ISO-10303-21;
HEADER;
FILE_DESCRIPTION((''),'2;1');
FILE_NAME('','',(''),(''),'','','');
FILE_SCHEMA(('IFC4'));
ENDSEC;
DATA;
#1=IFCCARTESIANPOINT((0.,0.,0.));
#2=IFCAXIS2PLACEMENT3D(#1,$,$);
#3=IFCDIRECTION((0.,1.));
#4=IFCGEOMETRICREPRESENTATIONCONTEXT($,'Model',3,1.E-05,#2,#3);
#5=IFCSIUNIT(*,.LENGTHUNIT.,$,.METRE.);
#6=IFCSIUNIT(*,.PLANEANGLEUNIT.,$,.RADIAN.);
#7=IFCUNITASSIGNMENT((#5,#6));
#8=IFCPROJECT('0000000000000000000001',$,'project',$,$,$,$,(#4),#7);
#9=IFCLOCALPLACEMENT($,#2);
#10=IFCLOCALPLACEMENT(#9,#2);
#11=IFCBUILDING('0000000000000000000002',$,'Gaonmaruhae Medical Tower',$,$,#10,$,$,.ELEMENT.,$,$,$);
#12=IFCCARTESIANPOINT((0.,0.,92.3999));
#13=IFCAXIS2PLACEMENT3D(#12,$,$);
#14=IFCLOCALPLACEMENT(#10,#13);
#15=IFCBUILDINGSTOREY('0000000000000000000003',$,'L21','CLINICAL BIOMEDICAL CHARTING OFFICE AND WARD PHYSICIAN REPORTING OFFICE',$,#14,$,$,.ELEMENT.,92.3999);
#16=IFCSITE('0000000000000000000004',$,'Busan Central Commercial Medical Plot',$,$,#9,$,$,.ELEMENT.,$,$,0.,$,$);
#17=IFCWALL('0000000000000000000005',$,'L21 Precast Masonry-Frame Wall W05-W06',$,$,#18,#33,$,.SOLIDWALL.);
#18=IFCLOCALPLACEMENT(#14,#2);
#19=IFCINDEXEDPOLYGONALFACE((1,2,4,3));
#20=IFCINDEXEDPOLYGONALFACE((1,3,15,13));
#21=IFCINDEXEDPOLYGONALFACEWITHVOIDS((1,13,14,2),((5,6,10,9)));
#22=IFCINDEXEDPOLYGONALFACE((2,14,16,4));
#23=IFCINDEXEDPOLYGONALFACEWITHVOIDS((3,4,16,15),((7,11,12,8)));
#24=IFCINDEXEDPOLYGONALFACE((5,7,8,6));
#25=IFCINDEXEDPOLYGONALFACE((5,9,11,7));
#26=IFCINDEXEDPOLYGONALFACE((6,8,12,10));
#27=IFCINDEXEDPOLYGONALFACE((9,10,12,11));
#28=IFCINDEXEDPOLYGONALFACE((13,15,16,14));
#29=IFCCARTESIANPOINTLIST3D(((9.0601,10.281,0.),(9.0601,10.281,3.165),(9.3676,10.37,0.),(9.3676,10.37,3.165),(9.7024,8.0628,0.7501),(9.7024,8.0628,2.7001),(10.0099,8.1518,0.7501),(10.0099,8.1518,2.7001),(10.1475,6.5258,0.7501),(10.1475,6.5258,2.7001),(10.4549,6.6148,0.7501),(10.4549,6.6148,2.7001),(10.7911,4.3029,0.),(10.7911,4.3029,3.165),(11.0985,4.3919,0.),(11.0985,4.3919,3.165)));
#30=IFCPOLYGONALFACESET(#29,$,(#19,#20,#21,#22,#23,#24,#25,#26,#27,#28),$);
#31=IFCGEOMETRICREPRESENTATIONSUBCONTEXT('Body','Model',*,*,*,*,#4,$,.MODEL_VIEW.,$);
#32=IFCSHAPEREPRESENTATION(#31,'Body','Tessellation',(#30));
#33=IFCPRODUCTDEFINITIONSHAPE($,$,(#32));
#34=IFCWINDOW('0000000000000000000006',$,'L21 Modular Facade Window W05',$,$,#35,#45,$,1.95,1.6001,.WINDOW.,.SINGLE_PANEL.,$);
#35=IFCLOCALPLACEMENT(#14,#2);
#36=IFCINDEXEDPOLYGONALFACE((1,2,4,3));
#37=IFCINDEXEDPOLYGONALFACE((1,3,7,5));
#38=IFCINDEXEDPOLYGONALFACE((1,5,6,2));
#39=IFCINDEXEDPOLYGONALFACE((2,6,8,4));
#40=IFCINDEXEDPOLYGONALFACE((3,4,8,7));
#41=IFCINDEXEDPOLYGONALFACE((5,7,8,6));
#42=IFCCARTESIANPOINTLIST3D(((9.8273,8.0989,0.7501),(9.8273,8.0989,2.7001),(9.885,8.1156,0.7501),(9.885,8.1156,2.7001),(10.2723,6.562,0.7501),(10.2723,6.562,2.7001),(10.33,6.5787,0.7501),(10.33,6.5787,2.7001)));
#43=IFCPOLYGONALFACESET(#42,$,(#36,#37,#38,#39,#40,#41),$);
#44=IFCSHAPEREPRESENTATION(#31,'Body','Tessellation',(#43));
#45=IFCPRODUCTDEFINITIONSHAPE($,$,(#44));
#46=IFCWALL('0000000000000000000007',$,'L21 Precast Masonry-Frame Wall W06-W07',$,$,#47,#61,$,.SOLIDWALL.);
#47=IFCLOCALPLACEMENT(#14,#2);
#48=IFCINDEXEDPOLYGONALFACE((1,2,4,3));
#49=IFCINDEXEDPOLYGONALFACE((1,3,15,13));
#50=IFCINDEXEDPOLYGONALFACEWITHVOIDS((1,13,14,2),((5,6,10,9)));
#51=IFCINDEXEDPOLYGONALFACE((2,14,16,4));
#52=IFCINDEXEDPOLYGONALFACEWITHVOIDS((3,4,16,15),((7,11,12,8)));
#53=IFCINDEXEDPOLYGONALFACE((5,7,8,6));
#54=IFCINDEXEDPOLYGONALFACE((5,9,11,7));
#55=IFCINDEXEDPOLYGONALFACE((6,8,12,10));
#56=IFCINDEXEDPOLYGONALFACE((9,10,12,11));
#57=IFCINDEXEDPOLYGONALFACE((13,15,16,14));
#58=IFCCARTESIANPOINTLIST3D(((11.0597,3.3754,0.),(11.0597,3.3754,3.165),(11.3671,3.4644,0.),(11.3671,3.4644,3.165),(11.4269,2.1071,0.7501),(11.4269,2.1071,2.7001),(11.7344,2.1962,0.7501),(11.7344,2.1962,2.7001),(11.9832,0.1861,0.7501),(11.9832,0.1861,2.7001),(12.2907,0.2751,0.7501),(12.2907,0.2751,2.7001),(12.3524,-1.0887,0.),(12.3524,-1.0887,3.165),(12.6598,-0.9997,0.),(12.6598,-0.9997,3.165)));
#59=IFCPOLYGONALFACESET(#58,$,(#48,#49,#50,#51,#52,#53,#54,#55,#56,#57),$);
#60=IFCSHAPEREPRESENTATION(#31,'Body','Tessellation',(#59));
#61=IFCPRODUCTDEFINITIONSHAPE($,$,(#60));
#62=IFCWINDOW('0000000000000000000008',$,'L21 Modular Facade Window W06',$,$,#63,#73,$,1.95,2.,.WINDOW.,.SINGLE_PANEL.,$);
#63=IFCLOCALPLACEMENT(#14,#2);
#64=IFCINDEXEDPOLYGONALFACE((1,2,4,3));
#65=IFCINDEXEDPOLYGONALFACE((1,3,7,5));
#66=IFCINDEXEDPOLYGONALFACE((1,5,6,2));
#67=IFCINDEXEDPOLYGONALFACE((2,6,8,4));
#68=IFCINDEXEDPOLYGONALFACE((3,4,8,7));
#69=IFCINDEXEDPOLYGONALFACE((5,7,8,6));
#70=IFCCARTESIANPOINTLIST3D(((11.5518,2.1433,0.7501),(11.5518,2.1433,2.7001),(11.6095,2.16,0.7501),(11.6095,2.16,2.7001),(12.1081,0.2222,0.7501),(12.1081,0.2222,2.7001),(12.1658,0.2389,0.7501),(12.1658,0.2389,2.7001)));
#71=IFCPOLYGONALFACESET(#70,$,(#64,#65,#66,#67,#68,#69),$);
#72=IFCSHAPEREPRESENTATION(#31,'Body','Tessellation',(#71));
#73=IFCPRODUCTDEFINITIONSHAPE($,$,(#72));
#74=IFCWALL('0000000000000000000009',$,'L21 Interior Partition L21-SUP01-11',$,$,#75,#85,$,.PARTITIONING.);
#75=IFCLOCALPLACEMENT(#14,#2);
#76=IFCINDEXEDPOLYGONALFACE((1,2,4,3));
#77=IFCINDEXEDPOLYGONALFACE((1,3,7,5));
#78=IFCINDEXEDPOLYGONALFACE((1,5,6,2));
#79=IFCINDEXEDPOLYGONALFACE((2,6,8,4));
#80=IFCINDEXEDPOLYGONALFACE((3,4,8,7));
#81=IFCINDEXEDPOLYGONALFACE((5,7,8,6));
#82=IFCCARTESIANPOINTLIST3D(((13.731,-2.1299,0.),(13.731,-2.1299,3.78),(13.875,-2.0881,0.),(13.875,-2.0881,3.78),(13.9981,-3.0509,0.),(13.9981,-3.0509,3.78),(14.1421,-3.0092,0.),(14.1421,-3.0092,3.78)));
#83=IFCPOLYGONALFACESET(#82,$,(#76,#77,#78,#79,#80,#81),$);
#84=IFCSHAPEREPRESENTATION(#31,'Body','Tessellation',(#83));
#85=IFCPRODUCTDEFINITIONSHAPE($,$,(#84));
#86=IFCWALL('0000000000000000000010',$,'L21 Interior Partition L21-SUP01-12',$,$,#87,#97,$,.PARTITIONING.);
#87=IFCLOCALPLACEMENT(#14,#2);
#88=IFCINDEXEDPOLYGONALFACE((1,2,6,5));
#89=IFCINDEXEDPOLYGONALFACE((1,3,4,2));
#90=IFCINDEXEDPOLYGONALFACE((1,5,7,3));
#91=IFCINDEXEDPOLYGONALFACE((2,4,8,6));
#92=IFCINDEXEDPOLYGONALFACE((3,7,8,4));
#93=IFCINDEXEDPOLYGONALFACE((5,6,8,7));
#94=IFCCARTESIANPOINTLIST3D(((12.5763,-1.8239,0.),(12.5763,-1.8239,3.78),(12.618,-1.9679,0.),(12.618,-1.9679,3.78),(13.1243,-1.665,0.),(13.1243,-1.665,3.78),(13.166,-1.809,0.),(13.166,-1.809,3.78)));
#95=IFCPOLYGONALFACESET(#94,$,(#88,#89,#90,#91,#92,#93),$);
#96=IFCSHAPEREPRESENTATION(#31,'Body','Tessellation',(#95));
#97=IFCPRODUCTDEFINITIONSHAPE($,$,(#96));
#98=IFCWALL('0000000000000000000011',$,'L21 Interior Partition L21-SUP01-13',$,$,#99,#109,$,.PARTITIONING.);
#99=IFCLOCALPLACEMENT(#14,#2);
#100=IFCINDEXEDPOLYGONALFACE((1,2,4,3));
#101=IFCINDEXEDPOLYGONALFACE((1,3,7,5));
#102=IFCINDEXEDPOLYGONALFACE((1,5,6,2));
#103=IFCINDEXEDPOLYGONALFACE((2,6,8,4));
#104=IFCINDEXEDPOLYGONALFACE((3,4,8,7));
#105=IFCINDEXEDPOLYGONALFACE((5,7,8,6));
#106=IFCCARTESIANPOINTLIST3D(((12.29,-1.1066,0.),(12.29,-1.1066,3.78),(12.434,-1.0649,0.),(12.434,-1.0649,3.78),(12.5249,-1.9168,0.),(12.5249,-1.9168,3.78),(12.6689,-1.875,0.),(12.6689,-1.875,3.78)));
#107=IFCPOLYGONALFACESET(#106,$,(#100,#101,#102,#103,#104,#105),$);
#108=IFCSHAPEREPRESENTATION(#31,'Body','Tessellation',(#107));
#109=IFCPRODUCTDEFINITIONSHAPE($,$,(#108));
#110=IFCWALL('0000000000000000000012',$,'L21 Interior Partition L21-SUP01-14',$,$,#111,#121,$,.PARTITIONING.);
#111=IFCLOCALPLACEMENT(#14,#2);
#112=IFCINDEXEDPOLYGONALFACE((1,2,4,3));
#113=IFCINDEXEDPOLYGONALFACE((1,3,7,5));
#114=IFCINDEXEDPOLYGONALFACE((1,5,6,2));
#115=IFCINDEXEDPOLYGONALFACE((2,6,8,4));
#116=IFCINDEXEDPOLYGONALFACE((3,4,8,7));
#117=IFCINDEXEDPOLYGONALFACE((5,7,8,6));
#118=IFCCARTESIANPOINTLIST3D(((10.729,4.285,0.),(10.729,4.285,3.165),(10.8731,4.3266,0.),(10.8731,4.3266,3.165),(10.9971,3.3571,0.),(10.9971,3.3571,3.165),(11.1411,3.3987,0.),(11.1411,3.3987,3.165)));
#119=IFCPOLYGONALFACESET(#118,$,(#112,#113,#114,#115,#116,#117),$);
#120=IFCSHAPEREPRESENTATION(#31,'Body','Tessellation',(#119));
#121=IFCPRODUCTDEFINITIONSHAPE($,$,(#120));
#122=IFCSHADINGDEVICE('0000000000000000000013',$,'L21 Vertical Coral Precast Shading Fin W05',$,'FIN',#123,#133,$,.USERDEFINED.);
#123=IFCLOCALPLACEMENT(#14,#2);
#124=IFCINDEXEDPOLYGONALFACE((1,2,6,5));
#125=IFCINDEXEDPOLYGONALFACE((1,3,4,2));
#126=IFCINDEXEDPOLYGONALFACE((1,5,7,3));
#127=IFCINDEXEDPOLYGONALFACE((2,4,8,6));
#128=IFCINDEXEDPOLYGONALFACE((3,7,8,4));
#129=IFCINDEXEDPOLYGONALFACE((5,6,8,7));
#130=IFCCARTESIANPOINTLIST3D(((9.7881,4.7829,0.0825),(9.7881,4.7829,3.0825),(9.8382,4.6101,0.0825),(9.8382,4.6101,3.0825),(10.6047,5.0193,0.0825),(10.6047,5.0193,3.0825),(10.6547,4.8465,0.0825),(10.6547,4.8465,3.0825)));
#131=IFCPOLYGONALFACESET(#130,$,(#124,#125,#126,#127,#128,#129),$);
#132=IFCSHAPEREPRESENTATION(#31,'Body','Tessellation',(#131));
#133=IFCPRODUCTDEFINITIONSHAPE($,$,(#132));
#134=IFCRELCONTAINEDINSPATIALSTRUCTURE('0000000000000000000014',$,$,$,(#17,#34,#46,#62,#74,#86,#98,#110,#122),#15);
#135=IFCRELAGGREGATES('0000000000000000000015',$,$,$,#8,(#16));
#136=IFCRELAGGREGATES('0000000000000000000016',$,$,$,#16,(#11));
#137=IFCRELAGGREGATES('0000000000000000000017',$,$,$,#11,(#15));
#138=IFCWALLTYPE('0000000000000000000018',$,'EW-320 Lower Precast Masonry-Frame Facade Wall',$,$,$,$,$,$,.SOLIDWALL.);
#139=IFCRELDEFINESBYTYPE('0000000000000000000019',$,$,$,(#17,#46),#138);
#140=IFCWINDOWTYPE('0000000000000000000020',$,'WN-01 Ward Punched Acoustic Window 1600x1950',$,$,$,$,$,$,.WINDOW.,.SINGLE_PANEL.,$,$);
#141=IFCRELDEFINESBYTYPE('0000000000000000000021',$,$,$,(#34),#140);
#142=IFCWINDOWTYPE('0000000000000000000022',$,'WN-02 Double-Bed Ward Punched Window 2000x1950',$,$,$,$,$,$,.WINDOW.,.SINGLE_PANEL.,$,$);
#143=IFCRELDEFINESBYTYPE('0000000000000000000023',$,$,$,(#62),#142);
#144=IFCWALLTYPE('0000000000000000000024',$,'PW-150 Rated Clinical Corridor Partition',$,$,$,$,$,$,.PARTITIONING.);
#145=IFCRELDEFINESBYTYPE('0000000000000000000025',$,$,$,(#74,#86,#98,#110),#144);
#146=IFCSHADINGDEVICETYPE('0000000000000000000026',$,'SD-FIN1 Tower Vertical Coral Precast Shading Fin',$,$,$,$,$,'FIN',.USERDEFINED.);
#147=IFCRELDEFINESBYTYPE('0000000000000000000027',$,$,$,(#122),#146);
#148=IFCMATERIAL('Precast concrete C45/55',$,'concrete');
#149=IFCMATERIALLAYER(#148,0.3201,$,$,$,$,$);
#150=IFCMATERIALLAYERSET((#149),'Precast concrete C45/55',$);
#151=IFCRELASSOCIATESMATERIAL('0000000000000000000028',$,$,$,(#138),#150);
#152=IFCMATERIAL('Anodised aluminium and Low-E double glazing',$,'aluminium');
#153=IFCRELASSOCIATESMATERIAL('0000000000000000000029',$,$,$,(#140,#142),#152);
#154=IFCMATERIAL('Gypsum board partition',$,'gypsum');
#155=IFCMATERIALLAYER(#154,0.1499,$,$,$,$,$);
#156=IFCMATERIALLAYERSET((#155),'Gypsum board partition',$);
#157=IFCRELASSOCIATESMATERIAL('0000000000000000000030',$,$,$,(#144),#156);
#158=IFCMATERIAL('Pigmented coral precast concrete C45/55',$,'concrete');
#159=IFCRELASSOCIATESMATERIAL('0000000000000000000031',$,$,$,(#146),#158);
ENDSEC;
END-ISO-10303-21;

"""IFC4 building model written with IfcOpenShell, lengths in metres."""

from ifc_helpers import new_model, si_unit, direction, frame, frame_2d, origin, origin_2d, place, context, subcontext, project, spatial, rectangle, extrude, material, layer, layer_set, type_object, element, fill, save


model = new_model("IFC4")

# Units and contexts
model_context = context("Model", 3, precision=1e-05, world=origin(), true_north=direction((0.0, 1.0)))
body_context = subcontext(model_context, "Body", "Model", "MODEL_VIEW")
ifc_project = project(units=[si_unit("LENGTHUNIT", "METRE"), si_unit("PLANEANGLEUNIT", "RADIAN")], contexts=[model_context])

# Site, building, storey
site_placement = place(None, origin())
site = spatial("IfcSite", under=ifc_project, at=site_placement, Name="Busan Central Commercial Medical Plot", CompositionType="ELEMENT", RefElevation=0.0)
building_placement = place(site_placement, origin())
building = spatial("IfcBuilding", under=site, at=building_placement, Name="Gaonmaruhae Medical Tower", CompositionType="ELEMENT")
storey_placement = place(building_placement, frame((0.0, 0.0, 92.3999)))
storey = spatial("IfcBuildingStorey", under=building, at=storey_placement, Name="L21", Description="CLINICAL BIOMEDICAL CHARTING OFFICE AND WARD PHYSICIAN REPORTING OFFICE", CompositionType="ELEMENT", Elevation=92.3999)

# Walls, openings, windows
ifc_material_1 = material(Name="Precast concrete C45/55", Category="concrete")
ifc_layer_1 = layer(ifc_material_1, 0.3201)
ifc_layer_set_1 = layer_set([ifc_layer_1], Name="Precast concrete C45/55")
wall_type_1 = type_object("IfcWallType", Name="EW-320 Lower Precast Masonry-Frame Facade Wall", PredefinedType="SOLIDWALL", material=ifc_layer_set_1)
wall_1_placement = place(storey_placement, frame((10.9448, 4.3474, 0.0), z_axis=(0.0, 0.0, 1.0), x_axis=(-0.278129, 0.960544, 0.0)))
wall_1 = element("IfcWall", 1, at=wall_1_placement, inside=storey, type_object=wall_type_1, Name="L21 Precast Masonry-Frame Wall W05-W06", PredefinedType="SOLIDWALL", context=body_context, shape_type="SweptSolid", body=[
    extrude(rectangle(XDim=6.2236, YDim=0.3201, at=frame_2d((3.1118, 0.0))), origin(), (0.0, 0.0, 1.0), 3.165),
])
opening_1_placement = place(wall_1_placement, frame((2.3142, 0.0, 0.75)))
opening_1 = element("IfcOpeningElement", 2, at=opening_1_placement, cuts=wall_1, PredefinedType="OPENING", context=body_context, shape_type="SweptSolid", body=[
    extrude(rectangle(XDim=1.6001, YDim=1.95, at=frame_2d((0.8, 0.9751))), frame((0.0, 0.1699, 0.0), z_axis=(0.0, -1.0, 0.0), x_axis=(1.0, 0.0, 0.0)), (0.0, 0.0, 1.0), 0.3401),
])
ifc_material_2 = material(Name="Anodised aluminium and Low-E double glazing", Category="aluminium")
window_type_1 = type_object("IfcWindowType", Name="WN-01 Ward Punched Acoustic Window 1600x1950", PartitioningType="SINGLE_PANEL", PredefinedType="WINDOW", material=ifc_material_2)
window_1_placement = place(opening_1_placement, origin())
window_1 = element("IfcWindow", 3, at=window_1_placement, inside=storey, type_object=window_type_1, Name="L21 Modular Facade Window W05", OverallHeight=1.95, OverallWidth=1.6001, PartitioningType="SINGLE_PANEL", PredefinedType="WINDOW", context=body_context, shape_type="SweptSolid", body=[
    extrude(rectangle(XDim=1.6001, YDim=1.95, at=frame_2d((0.8, 0.9751))), frame((0.0, 0.03, 0.0), z_axis=(0.0, -1.0, 0.0), x_axis=(1.0, 0.0, 0.0)), (0.0, 0.0, 1.0), 0.0601),
])
fill(opening_1, window_1)
wall_2_placement = place(storey_placement, frame((12.5061, -1.0442, 0.0), z_axis=(0.0, 0.0, 1.0), x_axis=(-0.278154, 0.960537, 0.0)))
wall_2 = element("IfcWall", 4, at=wall_2_placement, inside=storey, type_object=wall_type_1, Name="L21 Precast Masonry-Frame Wall W06-W07", PredefinedType="SOLIDWALL", context=body_context, shape_type="SweptSolid", body=[
    extrude(rectangle(XDim=4.6475, YDim=0.3201, at=frame_2d((2.3237, 0.0))), origin(), (0.0, 0.0, 1.0), 3.165),
])
opening_2_placement = place(wall_2_placement, frame((1.3271, 0.0, 0.75)))
opening_2 = element("IfcOpeningElement", 5, at=opening_2_placement, cuts=wall_2, PredefinedType="OPENING", context=body_context, shape_type="SweptSolid", body=[
    extrude(rectangle(XDim=2.0, YDim=1.95, at=frame_2d((1.0, 0.9751))), frame((0.0, 0.1699, 0.0), z_axis=(0.0, -1.0, 0.0), x_axis=(1.0, 0.0, 0.0)), (0.0, 0.0, 1.0), 0.3401),
])
window_type_2 = type_object("IfcWindowType", Name="WN-02 Double-Bed Ward Punched Window 2000x1950", PartitioningType="SINGLE_PANEL", PredefinedType="WINDOW", material=ifc_material_2)
window_2_placement = place(opening_2_placement, origin())
window_2 = element("IfcWindow", 6, at=window_2_placement, inside=storey, type_object=window_type_2, Name="L21 Modular Facade Window W06", OverallHeight=1.95, OverallWidth=2.0, PartitioningType="SINGLE_PANEL", PredefinedType="WINDOW", context=body_context, shape_type="SweptSolid", body=[
    extrude(rectangle(XDim=2.0, YDim=1.95, at=frame_2d((1.0, 0.9751))), frame((0.0, 0.03, 0.0), z_axis=(0.0, -1.0, 0.0), x_axis=(1.0, 0.0, 0.0)), (0.0, 0.0, 1.0), 0.0601),
])
fill(opening_2, window_2)

# Walls
ifc_material_3 = material(Name="Gypsum board partition", Category="gypsum")
ifc_layer_2 = layer(ifc_material_3, 0.1499)
ifc_layer_set_2 = layer_set([ifc_layer_2], Name="Gypsum board partition")
wall_type_2 = type_object("IfcWallType", Name="PW-150 Rated Clinical Corridor Partition", PredefinedType="PARTITIONING", material=ifc_layer_set_2)
wall_3_placement = place(storey_placement, frame((14.0701, -3.03, 0.0), z_axis=(0.0, 0.0, 1.0), x_axis=(-0.278485, 0.960441, 0.0)))
element("IfcWall", 7, at=wall_3_placement, inside=storey, type_object=wall_type_2, Name="L21 Interior Partition L21-SUP01-11", PredefinedType="PARTITIONING", context=body_context, shape_type="SweptSolid", body=[
    extrude(rectangle(XDim=0.959, YDim=0.1499, at=frame_2d((0.4795, 0.0))), origin(), (0.0, 0.0, 1.0), 3.78),
])
wall_4_placement = place(storey_placement, frame((13.145, -1.7371, 0.0), z_axis=(0.0, 0.0, 1.0), x_axis=(-0.960435, -0.278505, 0.0)))
element("IfcWall", 8, at=wall_4_placement, inside=storey, type_object=wall_type_2, Name="L21 Interior Partition L21-SUP01-12", PredefinedType="PARTITIONING", context=body_context, shape_type="SweptSolid", body=[
    extrude(rectangle(XDim=0.5706, YDim=0.1499, at=frame_2d((0.2852, 0.0))), origin(), (0.0, 0.0, 1.0), 3.78),
])
wall_5_placement = place(storey_placement, frame((12.5969, -1.896, 0.0), z_axis=(0.0, 0.0, 1.0), x_axis=(-0.278466, 0.960446, 0.0)))
element("IfcWall", 9, at=wall_5_placement, inside=storey, type_object=wall_type_2, Name="L21 Interior Partition L21-SUP01-13", PredefinedType="PARTITIONING", context=body_context, shape_type="SweptSolid", body=[
    extrude(rectangle(XDim=0.8435, YDim=0.1499, at=frame_2d((0.4219, 0.0))), origin(), (0.0, 0.0, 1.0), 3.78),
])
wall_6_placement = place(storey_placement, frame((11.0691, 3.3779, 0.0), z_axis=(0.0, 0.0, 1.0), x_axis=(-0.277524, 0.960719, 0.0)))
element("IfcWall", 10, at=wall_6_placement, inside=storey, type_object=wall_type_2, Name="L21 Interior Partition L21-SUP01-14", PredefinedType="PARTITIONING", context=body_context, shape_type="SweptSolid", body=[
    extrude(rectangle(XDim=0.9658, YDim=0.1499, at=frame_2d((0.4829, 0.0))), origin(), (0.0, 0.0, 1.0), 3.165),
])

# Shading device
ifc_material_4 = material(Name="Pigmented coral precast concrete C45/55", Category="concrete")
shading_device_type = type_object("IfcShadingDeviceType", Name="SD-FIN1 Tower Vertical Coral Precast Shading Fin", ElementType="FIN", PredefinedType="USERDEFINED", material=ifc_material_4)
shading_device_placement = place(storey_placement, frame((10.2214, 4.8147, 0.0825), z_axis=(0.0, 0.0, 1.0), x_axis=(-0.278153, 0.960537, 0.0)))
element("IfcShadingDevice", 11, at=shading_device_placement, inside=storey, type_object=shading_device_type, Name="L21 Vertical Coral Precast Shading Fin W05", ObjectType="FIN", PredefinedType="USERDEFINED", context=body_context, shape_type="SweptSolid", body=[
    extrude(rectangle(XDim=0.1799, YDim=0.8501, at=origin_2d()), origin(), (0.0, 0.0, 1.0), 3.0),
])

save(model, "model.ifc")
